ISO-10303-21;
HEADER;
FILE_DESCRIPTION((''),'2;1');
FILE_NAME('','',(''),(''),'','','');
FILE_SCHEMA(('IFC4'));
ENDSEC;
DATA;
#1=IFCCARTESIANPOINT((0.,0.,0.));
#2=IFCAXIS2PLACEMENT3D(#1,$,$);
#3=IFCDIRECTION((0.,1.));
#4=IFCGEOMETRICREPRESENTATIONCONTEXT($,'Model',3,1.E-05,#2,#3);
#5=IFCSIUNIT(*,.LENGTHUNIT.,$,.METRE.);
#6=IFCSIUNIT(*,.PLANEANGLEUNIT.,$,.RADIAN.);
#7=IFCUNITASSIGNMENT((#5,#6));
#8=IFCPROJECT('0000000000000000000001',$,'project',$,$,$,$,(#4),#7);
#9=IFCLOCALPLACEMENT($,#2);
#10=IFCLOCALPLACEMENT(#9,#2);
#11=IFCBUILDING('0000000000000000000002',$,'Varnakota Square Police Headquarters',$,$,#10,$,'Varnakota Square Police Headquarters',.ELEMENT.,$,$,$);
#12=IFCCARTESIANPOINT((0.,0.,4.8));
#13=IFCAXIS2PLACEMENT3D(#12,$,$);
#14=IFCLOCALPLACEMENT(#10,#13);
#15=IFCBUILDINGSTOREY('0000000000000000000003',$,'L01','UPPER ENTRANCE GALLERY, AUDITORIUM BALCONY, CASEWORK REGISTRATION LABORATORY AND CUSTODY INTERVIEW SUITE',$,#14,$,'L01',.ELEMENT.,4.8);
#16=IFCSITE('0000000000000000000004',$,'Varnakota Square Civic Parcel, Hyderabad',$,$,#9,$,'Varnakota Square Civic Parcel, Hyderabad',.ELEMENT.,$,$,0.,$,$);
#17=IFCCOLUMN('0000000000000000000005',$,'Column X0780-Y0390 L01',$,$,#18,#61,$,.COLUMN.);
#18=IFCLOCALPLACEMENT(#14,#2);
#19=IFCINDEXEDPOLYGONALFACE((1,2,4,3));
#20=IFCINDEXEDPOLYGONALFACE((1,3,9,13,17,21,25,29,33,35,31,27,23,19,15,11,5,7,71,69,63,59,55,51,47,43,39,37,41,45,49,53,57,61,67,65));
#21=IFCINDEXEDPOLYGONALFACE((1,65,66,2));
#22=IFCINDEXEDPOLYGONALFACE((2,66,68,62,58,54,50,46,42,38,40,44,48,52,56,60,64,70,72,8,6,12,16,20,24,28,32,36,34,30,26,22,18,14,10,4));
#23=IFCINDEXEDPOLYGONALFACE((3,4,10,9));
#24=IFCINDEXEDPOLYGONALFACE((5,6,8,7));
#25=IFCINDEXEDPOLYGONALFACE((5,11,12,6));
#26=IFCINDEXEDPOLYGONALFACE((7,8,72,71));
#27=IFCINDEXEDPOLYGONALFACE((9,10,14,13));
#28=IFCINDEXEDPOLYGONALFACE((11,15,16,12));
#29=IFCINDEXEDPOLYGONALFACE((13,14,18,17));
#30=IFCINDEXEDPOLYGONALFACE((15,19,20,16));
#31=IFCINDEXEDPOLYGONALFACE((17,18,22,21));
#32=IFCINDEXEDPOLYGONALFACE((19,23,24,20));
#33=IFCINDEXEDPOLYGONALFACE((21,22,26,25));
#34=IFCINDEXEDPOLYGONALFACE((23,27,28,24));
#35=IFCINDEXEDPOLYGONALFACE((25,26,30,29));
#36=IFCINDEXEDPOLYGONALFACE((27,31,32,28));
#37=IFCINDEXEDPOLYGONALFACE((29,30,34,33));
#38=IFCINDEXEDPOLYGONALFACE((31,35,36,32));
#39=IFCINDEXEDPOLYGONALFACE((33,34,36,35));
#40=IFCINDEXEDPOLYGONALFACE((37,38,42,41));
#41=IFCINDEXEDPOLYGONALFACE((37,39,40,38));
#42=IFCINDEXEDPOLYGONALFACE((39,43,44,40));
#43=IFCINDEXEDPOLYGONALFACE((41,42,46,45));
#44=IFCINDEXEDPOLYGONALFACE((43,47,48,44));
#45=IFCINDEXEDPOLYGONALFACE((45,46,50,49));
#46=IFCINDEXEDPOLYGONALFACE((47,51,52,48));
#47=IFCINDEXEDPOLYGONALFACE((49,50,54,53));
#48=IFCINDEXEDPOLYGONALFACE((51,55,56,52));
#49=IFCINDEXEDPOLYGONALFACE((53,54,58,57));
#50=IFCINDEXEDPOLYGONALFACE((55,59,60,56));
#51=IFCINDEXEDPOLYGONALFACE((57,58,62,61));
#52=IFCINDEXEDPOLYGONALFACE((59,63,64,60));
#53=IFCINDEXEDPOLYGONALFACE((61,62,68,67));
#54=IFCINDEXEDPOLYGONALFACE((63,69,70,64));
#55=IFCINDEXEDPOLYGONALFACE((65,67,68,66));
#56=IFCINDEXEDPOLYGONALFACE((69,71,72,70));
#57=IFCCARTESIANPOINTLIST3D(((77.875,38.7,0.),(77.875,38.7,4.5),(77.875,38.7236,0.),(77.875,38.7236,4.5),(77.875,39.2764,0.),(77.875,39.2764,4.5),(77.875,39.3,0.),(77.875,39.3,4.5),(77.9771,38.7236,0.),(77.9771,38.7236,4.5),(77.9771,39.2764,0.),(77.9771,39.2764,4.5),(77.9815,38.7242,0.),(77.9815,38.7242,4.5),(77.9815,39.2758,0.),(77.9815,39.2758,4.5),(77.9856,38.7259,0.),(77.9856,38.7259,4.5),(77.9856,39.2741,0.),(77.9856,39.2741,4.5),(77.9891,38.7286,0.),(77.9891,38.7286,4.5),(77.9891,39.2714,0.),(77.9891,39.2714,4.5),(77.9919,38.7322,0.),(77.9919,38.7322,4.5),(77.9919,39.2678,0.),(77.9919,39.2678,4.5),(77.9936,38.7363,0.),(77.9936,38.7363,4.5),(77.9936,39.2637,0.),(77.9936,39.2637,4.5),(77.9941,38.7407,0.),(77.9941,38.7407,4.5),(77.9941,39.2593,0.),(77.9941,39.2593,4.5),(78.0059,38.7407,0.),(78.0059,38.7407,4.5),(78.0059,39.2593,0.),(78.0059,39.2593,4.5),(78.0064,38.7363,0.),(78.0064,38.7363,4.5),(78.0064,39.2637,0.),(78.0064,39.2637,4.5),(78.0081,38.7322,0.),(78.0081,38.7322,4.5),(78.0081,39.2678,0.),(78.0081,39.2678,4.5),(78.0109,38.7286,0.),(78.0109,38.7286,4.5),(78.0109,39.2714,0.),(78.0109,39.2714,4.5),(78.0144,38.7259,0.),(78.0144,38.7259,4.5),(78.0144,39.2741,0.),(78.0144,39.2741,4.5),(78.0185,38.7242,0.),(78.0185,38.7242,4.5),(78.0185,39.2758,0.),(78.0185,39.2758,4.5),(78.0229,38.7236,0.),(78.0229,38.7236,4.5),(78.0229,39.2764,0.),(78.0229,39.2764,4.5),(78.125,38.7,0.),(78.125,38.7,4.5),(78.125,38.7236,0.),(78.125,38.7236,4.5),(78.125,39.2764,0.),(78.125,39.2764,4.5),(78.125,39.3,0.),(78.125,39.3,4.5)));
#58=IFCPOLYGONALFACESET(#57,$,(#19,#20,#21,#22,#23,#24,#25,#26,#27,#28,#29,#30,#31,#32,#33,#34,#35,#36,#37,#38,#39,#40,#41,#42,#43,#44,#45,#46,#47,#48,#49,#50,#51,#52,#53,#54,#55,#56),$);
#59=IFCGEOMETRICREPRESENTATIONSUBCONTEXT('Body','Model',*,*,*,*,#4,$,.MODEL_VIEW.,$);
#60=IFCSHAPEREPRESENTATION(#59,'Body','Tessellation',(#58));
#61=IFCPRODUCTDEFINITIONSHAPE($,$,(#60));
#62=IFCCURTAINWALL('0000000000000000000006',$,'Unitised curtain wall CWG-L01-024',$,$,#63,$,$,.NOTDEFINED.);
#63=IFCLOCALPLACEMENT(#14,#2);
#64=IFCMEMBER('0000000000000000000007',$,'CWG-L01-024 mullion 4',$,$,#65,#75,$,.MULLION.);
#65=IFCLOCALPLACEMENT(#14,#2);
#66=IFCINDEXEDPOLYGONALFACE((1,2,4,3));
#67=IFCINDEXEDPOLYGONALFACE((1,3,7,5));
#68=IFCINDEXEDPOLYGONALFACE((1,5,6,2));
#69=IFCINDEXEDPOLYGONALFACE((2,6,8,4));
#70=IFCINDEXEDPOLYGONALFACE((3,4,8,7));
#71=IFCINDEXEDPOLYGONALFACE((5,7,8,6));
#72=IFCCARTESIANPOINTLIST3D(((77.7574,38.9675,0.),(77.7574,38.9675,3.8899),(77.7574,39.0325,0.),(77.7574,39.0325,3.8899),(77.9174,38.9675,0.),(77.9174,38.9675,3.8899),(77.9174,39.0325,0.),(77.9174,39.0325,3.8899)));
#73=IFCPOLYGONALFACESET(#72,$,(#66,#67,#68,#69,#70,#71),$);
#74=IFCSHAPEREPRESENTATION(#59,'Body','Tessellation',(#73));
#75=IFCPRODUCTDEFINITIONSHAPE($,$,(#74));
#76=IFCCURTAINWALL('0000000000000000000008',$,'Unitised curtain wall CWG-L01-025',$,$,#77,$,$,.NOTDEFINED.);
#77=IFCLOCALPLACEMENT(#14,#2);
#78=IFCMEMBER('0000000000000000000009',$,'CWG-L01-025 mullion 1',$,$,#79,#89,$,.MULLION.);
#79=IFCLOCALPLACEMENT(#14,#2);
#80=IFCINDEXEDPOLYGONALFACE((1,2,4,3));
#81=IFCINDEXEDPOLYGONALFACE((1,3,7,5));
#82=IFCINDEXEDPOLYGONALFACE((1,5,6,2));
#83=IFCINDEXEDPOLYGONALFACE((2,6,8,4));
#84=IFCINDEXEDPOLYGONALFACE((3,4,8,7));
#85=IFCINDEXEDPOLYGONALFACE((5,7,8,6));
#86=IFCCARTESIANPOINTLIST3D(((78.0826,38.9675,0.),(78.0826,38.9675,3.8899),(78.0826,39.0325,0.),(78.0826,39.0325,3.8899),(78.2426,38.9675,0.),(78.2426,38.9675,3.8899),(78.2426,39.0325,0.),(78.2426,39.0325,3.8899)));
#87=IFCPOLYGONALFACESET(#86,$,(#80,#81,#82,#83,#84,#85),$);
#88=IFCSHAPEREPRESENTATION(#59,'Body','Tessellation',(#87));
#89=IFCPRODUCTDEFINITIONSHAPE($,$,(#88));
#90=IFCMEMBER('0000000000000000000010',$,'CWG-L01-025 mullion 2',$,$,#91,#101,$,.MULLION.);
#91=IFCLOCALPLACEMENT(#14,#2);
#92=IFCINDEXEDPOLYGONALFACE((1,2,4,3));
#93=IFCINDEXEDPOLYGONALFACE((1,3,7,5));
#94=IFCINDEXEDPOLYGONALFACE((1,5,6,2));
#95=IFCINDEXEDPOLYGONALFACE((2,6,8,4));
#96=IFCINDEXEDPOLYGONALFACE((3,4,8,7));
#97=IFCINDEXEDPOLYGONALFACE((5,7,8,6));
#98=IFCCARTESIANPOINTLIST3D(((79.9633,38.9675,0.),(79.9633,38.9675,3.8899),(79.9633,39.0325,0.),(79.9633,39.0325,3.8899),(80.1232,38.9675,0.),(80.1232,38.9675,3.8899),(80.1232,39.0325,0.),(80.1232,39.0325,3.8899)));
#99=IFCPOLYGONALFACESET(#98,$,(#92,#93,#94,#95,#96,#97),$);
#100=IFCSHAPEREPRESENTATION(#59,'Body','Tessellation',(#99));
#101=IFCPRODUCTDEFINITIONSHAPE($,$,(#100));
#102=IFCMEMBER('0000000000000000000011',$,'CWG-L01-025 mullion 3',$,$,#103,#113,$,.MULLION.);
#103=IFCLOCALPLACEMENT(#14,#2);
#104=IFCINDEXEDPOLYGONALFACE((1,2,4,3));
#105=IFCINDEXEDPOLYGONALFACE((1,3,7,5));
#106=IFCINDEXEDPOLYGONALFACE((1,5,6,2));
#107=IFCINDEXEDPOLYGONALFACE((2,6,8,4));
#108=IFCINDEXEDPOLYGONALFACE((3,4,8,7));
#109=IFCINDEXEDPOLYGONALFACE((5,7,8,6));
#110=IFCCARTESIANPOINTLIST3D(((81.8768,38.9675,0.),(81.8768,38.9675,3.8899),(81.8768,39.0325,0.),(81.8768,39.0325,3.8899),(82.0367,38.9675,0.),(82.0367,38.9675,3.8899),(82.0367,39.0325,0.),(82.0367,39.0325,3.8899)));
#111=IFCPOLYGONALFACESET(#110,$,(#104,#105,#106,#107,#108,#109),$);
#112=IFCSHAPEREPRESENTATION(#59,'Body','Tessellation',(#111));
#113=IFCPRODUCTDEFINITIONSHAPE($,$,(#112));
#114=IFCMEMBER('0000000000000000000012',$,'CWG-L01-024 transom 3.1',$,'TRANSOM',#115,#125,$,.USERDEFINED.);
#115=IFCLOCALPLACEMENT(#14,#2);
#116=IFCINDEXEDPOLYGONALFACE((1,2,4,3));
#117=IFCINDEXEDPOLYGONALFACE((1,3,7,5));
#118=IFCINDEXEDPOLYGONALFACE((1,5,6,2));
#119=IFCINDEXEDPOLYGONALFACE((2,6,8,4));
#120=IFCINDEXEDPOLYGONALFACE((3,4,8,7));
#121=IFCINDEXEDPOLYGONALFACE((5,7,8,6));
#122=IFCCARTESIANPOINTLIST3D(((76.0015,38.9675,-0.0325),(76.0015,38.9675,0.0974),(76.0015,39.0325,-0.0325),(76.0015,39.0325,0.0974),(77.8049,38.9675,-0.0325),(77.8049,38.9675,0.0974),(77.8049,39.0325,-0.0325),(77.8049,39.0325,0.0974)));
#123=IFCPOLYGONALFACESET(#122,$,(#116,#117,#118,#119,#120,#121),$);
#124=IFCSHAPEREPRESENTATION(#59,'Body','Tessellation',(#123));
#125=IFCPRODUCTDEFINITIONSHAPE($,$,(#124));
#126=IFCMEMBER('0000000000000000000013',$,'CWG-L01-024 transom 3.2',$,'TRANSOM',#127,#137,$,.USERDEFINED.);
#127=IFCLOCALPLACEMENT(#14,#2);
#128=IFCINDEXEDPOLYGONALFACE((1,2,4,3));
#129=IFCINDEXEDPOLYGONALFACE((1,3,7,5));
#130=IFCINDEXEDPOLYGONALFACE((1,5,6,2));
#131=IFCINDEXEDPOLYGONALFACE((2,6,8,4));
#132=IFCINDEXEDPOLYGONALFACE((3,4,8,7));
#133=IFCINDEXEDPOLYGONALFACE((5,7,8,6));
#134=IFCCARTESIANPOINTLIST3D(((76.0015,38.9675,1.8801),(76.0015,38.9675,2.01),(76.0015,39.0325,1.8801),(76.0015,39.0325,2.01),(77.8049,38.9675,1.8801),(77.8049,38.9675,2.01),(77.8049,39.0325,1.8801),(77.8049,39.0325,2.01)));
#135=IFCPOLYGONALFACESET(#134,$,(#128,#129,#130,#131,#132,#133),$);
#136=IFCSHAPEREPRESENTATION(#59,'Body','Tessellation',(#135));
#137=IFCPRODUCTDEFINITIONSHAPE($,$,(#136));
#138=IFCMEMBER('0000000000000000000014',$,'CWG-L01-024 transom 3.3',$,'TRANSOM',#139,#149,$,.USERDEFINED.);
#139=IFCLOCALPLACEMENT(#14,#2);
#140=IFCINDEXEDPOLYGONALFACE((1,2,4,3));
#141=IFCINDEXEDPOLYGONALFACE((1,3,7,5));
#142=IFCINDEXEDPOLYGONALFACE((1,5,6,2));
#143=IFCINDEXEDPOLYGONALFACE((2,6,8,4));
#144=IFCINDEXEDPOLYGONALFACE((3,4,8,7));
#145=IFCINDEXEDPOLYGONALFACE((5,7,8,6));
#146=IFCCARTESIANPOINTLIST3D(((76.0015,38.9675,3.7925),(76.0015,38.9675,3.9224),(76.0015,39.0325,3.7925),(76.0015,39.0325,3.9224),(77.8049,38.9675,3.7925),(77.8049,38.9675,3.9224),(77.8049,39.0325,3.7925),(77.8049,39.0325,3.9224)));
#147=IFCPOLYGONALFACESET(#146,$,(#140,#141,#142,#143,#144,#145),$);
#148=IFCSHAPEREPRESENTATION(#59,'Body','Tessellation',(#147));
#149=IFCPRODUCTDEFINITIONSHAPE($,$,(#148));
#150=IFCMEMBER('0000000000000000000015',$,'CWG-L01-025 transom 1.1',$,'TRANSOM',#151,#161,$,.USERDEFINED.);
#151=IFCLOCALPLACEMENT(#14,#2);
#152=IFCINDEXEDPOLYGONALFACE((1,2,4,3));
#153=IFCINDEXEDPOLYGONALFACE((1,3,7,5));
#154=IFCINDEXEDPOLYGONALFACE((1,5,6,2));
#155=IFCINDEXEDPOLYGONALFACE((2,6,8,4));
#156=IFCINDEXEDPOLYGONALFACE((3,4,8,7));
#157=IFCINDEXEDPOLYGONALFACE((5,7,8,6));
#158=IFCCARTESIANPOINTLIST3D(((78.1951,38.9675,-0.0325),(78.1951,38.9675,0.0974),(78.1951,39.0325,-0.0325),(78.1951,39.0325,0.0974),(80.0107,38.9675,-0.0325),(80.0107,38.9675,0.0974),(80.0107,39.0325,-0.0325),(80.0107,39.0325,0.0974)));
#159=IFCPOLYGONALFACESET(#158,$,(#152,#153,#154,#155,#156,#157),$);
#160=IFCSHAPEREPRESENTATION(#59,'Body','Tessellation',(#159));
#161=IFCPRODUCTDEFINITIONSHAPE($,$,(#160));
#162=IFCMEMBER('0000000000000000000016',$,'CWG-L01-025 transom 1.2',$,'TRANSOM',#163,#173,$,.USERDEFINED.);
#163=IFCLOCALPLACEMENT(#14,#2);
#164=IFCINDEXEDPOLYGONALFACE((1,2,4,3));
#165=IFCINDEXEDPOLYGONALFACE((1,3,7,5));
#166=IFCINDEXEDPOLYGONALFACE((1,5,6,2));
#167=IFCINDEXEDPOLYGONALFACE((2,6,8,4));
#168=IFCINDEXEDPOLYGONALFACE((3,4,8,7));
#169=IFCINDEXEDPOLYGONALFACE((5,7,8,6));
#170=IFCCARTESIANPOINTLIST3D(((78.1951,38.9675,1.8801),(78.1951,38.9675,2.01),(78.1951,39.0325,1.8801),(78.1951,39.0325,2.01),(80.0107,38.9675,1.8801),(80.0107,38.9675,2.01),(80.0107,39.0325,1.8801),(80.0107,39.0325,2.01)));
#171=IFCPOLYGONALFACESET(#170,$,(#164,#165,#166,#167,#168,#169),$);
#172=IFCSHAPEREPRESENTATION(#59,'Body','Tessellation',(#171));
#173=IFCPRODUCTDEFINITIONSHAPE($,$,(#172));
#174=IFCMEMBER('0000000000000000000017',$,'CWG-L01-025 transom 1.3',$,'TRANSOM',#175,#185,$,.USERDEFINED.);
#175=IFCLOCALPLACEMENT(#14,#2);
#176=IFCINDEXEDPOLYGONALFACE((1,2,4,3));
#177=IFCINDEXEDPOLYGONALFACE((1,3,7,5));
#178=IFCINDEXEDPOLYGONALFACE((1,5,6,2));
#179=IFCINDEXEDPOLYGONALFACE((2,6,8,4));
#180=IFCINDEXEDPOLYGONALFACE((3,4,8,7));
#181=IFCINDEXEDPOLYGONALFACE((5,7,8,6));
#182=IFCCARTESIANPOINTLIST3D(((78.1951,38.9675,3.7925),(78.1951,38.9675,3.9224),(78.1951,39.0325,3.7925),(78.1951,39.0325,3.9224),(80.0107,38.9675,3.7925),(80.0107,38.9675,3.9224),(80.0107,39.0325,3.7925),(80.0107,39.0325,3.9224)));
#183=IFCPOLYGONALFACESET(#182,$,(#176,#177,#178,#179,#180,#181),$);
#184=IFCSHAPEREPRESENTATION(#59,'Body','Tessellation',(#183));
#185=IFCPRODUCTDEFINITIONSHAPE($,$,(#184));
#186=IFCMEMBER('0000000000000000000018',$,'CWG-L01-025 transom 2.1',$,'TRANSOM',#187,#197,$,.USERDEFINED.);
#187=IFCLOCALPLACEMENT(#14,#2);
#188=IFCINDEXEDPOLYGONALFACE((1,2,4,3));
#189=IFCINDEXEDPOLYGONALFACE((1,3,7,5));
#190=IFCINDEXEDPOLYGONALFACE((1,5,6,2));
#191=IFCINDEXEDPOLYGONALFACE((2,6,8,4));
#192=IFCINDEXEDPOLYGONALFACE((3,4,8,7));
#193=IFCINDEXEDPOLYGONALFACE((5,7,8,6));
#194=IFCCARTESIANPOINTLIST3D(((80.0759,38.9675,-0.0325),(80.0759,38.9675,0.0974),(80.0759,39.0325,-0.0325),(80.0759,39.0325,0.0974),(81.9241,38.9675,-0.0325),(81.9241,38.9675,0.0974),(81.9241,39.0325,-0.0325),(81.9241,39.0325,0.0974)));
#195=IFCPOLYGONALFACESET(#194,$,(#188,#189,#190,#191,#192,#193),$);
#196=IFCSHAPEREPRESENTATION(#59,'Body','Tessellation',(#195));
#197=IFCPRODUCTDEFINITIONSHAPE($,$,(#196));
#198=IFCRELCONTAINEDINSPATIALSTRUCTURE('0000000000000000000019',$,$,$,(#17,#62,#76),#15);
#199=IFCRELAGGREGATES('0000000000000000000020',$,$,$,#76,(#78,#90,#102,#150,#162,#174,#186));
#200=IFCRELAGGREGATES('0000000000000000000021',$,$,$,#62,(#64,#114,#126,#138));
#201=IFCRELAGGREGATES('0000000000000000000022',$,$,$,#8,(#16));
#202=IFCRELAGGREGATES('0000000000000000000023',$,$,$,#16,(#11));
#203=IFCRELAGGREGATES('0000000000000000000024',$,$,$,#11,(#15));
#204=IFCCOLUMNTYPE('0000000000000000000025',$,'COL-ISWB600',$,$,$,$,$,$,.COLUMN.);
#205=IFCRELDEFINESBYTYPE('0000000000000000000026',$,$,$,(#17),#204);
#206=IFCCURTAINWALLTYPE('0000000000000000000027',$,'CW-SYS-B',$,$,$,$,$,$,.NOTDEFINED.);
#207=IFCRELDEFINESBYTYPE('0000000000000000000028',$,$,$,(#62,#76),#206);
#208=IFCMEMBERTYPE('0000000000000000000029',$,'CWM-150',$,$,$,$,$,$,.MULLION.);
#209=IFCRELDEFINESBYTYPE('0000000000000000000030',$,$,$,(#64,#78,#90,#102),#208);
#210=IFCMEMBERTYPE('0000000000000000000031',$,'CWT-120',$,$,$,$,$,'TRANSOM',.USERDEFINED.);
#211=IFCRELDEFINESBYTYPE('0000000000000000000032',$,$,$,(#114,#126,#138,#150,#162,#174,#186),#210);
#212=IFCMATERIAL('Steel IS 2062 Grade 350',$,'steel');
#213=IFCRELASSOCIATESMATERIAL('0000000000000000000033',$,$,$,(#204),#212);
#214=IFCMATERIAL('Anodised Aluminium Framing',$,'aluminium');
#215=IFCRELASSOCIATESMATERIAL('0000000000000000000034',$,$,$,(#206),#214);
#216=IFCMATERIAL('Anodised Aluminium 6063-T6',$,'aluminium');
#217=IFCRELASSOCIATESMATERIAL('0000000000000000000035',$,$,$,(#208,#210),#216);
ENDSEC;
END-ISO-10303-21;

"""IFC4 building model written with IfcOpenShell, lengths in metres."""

from ifc_helpers import new_model, si_unit, direction, frame, origin, origin_2d, place, context, subcontext, project, spatial, rectangle, i_section, extrude, material, material_profile, profile_set, type_object, element, aggregate, save


model = new_model("IFC4")

# Units and contexts
model_context = context("Model", 3, precision=1e-05, world=origin(), true_north=direction((0.0, 1.0)))
body_context = subcontext(model_context, "Body", "Model", "MODEL_VIEW")
ifc_project = project(units=[si_unit("LENGTHUNIT", "METRE"), si_unit("PLANEANGLEUNIT", "RADIAN")], contexts=[model_context])

# Site, building, storey
site_placement = place(None, origin())
site = spatial("IfcSite", under=ifc_project, at=site_placement, Name="Varnakota Square Civic Parcel, Hyderabad", LongName="Varnakota Square Civic Parcel, Hyderabad", CompositionType="ELEMENT", RefElevation=0.0)
building_placement = place(site_placement, origin())
building = spatial("IfcBuilding", under=site, at=building_placement, Name="Varnakota Square Police Headquarters", LongName="Varnakota Square Police Headquarters", CompositionType="ELEMENT")
storey_placement = place(building_placement, frame((0.0, 0.0, 4.8)))
storey = spatial("IfcBuildingStorey", under=building, at=storey_placement, Name="L01", Description="UPPER ENTRANCE GALLERY, AUDITORIUM BALCONY, CASEWORK REGISTRATION LABORATORY AND CUSTODY INTERVIEW SUITE", LongName="L01", CompositionType="ELEMENT", Elevation=4.8)

# Column
ifc_material_1 = material(Name="Steel IS 2062 Grade 350", Category="steel")
ifc_material_profile_1 = material_profile(ifc_material_1, i_section(OverallWidth=0.25, OverallDepth=0.6001, WebThickness=0.0117, FlangeThickness=0.0237, FilletRadius=0.0171, at=origin_2d()), Name="ISWB 600")
ifc_profile_set_1 = profile_set([ifc_material_profile_1], Name="Steel IS 2062 Grade 350")
column_type = type_object("IfcColumnType", Name="COL-ISWB600", PredefinedType="COLUMN", material=ifc_profile_set_1)
column_placement = place(storey_placement, frame((78.0, 39.0, 0.0), z_axis=(0.0, 0.0, 1.0), x_axis=(1.0, 0.0, 0.0)))
element("IfcColumn", 1, at=column_placement, inside=storey, type_object=column_type, Name="Column X0780-Y0390 L01", PredefinedType="COLUMN", context=body_context, shape_type="SweptSolid", body=[
    extrude(i_section(OverallWidth=0.25, OverallDepth=0.6001, WebThickness=0.0117, FlangeThickness=0.0237, FilletRadius=0.0171, at=origin_2d()), origin(), (0.0, 0.0, 1.0), 4.5),
])

# Curtain wall, member
ifc_material_2 = material(Name="Anodised Aluminium Framing", Category="aluminium")
curtain_wall_type = type_object("IfcCurtainWallType", Name="CW-SYS-B", PredefinedType="NOTDEFINED", material=ifc_material_2)
curtain_wall_1_placement = place(storey_placement, origin())
curtain_wall_1 = element("IfcCurtainWall", 2, at=curtain_wall_1_placement, inside=storey, type_object=curtain_wall_type, Name="Unitised curtain wall CWG-L01-024", PredefinedType="NOTDEFINED")
ifc_material_3 = material(Name="Anodised Aluminium 6063-T6", Category="aluminium")
ifc_material_profile_2 = material_profile(ifc_material_3, rectangle(XDim=0.0649, YDim=0.1599, at=origin_2d()), Name="ALU MULLION 65x160")
ifc_profile_set_2 = profile_set([ifc_material_profile_2], Name="Anodised Aluminium 6063-T6")
member_type_1 = type_object("IfcMemberType", Name="CWM-150", PredefinedType="MULLION", material=ifc_profile_set_2)
member_1_placement = place(storey_placement, frame((77.8374, 39.0, 0.0), z_axis=(0.0, 0.0, 1.0), x_axis=(0.0, 1.0, 0.0)))
member_1 = element("IfcMember", 3, at=member_1_placement, type_object=member_type_1, Name="CWG-L01-024 mullion 4", PredefinedType="MULLION", context=body_context, shape_type="SweptSolid", body=[
    extrude(rectangle(XDim=0.0649, YDim=0.1599, at=origin_2d()), origin(), (0.0, 0.0, 1.0), 3.8899),
])

# Curtain wall, members
curtain_wall_2_placement = place(storey_placement, origin())
curtain_wall_2 = element("IfcCurtainWall", 4, at=curtain_wall_2_placement, inside=storey, type_object=curtain_wall_type, Name="Unitised curtain wall CWG-L01-025", PredefinedType="NOTDEFINED")
member_2_placement = place(storey_placement, frame((78.1626, 39.0, 0.0), z_axis=(0.0, 0.0, 1.0), x_axis=(0.0, 1.0, 0.0)))
member_2 = element("IfcMember", 5, at=member_2_placement, type_object=member_type_1, Name="CWG-L01-025 mullion 1", PredefinedType="MULLION", context=body_context, shape_type="SweptSolid", body=[
    extrude(rectangle(XDim=0.0649, YDim=0.1599, at=origin_2d()), origin(), (0.0, 0.0, 1.0), 3.8899),
])
member_3_placement = place(storey_placement, frame((80.0432, 39.0, 0.0), z_axis=(0.0, 0.0, 1.0), x_axis=(0.0, 1.0, 0.0)))
member_3 = element("IfcMember", 6, at=member_3_placement, type_object=member_type_1, Name="CWG-L01-025 mullion 2", PredefinedType="MULLION", context=body_context, shape_type="SweptSolid", body=[
    extrude(rectangle(XDim=0.0649, YDim=0.1599, at=origin_2d()), origin(), (0.0, 0.0, 1.0), 3.8899),
])
member_4_placement = place(storey_placement, frame((81.9568, 39.0, 0.0), z_axis=(0.0, 0.0, 1.0), x_axis=(0.0, 1.0, 0.0)))
member_4 = element("IfcMember", 7, at=member_4_placement, type_object=member_type_1, Name="CWG-L01-025 mullion 3", PredefinedType="MULLION", context=body_context, shape_type="SweptSolid", body=[
    extrude(rectangle(XDim=0.0649, YDim=0.1599, at=origin_2d()), origin(), (0.0, 0.0, 1.0), 3.8899),
])

# Members
ifc_material_profile_3 = material_profile(ifc_material_3, rectangle(XDim=0.0649, YDim=0.1299, at=origin_2d()), Name="ALU TRANSOM 65x130")
ifc_profile_set_3 = profile_set([ifc_material_profile_3], Name="Anodised Aluminium 6063-T6")
member_type_2 = type_object("IfcMemberType", Name="CWT-120", ElementType="TRANSOM", PredefinedType="USERDEFINED", material=ifc_profile_set_3)
member_5_placement = place(storey_placement, frame((76.0015, 39.0, 0.0325), z_axis=(1.0, 0.0, 0.0), x_axis=(0.0, 1.0, 0.0)))
member_5 = element("IfcMember", 8, at=member_5_placement, type_object=member_type_2, Name="CWG-L01-024 transom 3.1", ObjectType="TRANSOM", PredefinedType="USERDEFINED", context=body_context, shape_type="SweptSolid", body=[
    extrude(rectangle(XDim=0.0649, YDim=0.1299, at=origin_2d()), origin(), (0.0, 0.0, 1.0), 1.8035),
])
member_6_placement = place(storey_placement, frame((76.0015, 39.0, 1.9451), z_axis=(1.0, 0.0, 0.0), x_axis=(0.0, 1.0, 0.0)))
member_6 = element("IfcMember", 9, at=member_6_placement, type_object=member_type_2, Name="CWG-L01-024 transom 3.2", ObjectType="TRANSOM", PredefinedType="USERDEFINED", context=body_context, shape_type="SweptSolid", body=[
    extrude(rectangle(XDim=0.0649, YDim=0.1299, at=origin_2d()), origin(), (0.0, 0.0, 1.0), 1.8035),
])
member_7_placement = place(storey_placement, frame((76.0015, 39.0, 3.8574), z_axis=(1.0, 0.0, 0.0), x_axis=(0.0, 1.0, 0.0)))
member_7 = element("IfcMember", 10, at=member_7_placement, type_object=member_type_2, Name="CWG-L01-024 transom 3.3", ObjectType="TRANSOM", PredefinedType="USERDEFINED", context=body_context, shape_type="SweptSolid", body=[
    extrude(rectangle(XDim=0.0649, YDim=0.1299, at=origin_2d()), origin(), (0.0, 0.0, 1.0), 1.8035),
])
member_8_placement = place(storey_placement, frame((78.1951, 39.0, 0.0325), z_axis=(1.0, 0.0, 0.0), x_axis=(0.0, 1.0, 0.0)))
member_8 = element("IfcMember", 11, at=member_8_placement, type_object=member_type_2, Name="CWG-L01-025 transom 1.1", ObjectType="TRANSOM", PredefinedType="USERDEFINED", context=body_context, shape_type="SweptSolid", body=[
    extrude(rectangle(XDim=0.0649, YDim=0.1299, at=origin_2d()), origin(), (0.0, 0.0, 1.0), 1.8157),
])
member_9_placement = place(storey_placement, frame((78.1951, 39.0, 1.9451), z_axis=(1.0, 0.0, 0.0), x_axis=(0.0, 1.0, 0.0)))
member_9 = element("IfcMember", 12, at=member_9_placement, type_object=member_type_2, Name="CWG-L01-025 transom 1.2", ObjectType="TRANSOM", PredefinedType="USERDEFINED", context=body_context, shape_type="SweptSolid", body=[
    extrude(rectangle(XDim=0.0649, YDim=0.1299, at=origin_2d()), origin(), (0.0, 0.0, 1.0), 1.8157),
])
member_10_placement = place(storey_placement, frame((78.1951, 39.0, 3.8574), z_axis=(1.0, 0.0, 0.0), x_axis=(0.0, 1.0, 0.0)))
member_10 = element("IfcMember", 13, at=member_10_placement, type_object=member_type_2, Name="CWG-L01-025 transom 1.3", ObjectType="TRANSOM", PredefinedType="USERDEFINED", context=body_context, shape_type="SweptSolid", body=[
    extrude(rectangle(XDim=0.0649, YDim=0.1299, at=origin_2d()), origin(), (0.0, 0.0, 1.0), 1.8157),
])
member_11_placement = place(storey_placement, frame((80.0759, 39.0, 0.0325), z_axis=(1.0, 0.0, 0.0), x_axis=(0.0, 1.0, 0.0)))
member_11 = element("IfcMember", 14, at=member_11_placement, type_object=member_type_2, Name="CWG-L01-025 transom 2.1", ObjectType="TRANSOM", PredefinedType="USERDEFINED", context=body_context, shape_type="SweptSolid", body=[
    extrude(rectangle(XDim=0.0649, YDim=0.1299, at=origin_2d()), origin(), (0.0, 0.0, 1.0), 1.8481),
])

aggregate(curtain_wall_2, [member_2, member_3, member_4, member_8, member_9, member_10, member_11])
aggregate(curtain_wall_1, [member_1, member_5, member_6, member_7])

save(model, "model.ifc")
